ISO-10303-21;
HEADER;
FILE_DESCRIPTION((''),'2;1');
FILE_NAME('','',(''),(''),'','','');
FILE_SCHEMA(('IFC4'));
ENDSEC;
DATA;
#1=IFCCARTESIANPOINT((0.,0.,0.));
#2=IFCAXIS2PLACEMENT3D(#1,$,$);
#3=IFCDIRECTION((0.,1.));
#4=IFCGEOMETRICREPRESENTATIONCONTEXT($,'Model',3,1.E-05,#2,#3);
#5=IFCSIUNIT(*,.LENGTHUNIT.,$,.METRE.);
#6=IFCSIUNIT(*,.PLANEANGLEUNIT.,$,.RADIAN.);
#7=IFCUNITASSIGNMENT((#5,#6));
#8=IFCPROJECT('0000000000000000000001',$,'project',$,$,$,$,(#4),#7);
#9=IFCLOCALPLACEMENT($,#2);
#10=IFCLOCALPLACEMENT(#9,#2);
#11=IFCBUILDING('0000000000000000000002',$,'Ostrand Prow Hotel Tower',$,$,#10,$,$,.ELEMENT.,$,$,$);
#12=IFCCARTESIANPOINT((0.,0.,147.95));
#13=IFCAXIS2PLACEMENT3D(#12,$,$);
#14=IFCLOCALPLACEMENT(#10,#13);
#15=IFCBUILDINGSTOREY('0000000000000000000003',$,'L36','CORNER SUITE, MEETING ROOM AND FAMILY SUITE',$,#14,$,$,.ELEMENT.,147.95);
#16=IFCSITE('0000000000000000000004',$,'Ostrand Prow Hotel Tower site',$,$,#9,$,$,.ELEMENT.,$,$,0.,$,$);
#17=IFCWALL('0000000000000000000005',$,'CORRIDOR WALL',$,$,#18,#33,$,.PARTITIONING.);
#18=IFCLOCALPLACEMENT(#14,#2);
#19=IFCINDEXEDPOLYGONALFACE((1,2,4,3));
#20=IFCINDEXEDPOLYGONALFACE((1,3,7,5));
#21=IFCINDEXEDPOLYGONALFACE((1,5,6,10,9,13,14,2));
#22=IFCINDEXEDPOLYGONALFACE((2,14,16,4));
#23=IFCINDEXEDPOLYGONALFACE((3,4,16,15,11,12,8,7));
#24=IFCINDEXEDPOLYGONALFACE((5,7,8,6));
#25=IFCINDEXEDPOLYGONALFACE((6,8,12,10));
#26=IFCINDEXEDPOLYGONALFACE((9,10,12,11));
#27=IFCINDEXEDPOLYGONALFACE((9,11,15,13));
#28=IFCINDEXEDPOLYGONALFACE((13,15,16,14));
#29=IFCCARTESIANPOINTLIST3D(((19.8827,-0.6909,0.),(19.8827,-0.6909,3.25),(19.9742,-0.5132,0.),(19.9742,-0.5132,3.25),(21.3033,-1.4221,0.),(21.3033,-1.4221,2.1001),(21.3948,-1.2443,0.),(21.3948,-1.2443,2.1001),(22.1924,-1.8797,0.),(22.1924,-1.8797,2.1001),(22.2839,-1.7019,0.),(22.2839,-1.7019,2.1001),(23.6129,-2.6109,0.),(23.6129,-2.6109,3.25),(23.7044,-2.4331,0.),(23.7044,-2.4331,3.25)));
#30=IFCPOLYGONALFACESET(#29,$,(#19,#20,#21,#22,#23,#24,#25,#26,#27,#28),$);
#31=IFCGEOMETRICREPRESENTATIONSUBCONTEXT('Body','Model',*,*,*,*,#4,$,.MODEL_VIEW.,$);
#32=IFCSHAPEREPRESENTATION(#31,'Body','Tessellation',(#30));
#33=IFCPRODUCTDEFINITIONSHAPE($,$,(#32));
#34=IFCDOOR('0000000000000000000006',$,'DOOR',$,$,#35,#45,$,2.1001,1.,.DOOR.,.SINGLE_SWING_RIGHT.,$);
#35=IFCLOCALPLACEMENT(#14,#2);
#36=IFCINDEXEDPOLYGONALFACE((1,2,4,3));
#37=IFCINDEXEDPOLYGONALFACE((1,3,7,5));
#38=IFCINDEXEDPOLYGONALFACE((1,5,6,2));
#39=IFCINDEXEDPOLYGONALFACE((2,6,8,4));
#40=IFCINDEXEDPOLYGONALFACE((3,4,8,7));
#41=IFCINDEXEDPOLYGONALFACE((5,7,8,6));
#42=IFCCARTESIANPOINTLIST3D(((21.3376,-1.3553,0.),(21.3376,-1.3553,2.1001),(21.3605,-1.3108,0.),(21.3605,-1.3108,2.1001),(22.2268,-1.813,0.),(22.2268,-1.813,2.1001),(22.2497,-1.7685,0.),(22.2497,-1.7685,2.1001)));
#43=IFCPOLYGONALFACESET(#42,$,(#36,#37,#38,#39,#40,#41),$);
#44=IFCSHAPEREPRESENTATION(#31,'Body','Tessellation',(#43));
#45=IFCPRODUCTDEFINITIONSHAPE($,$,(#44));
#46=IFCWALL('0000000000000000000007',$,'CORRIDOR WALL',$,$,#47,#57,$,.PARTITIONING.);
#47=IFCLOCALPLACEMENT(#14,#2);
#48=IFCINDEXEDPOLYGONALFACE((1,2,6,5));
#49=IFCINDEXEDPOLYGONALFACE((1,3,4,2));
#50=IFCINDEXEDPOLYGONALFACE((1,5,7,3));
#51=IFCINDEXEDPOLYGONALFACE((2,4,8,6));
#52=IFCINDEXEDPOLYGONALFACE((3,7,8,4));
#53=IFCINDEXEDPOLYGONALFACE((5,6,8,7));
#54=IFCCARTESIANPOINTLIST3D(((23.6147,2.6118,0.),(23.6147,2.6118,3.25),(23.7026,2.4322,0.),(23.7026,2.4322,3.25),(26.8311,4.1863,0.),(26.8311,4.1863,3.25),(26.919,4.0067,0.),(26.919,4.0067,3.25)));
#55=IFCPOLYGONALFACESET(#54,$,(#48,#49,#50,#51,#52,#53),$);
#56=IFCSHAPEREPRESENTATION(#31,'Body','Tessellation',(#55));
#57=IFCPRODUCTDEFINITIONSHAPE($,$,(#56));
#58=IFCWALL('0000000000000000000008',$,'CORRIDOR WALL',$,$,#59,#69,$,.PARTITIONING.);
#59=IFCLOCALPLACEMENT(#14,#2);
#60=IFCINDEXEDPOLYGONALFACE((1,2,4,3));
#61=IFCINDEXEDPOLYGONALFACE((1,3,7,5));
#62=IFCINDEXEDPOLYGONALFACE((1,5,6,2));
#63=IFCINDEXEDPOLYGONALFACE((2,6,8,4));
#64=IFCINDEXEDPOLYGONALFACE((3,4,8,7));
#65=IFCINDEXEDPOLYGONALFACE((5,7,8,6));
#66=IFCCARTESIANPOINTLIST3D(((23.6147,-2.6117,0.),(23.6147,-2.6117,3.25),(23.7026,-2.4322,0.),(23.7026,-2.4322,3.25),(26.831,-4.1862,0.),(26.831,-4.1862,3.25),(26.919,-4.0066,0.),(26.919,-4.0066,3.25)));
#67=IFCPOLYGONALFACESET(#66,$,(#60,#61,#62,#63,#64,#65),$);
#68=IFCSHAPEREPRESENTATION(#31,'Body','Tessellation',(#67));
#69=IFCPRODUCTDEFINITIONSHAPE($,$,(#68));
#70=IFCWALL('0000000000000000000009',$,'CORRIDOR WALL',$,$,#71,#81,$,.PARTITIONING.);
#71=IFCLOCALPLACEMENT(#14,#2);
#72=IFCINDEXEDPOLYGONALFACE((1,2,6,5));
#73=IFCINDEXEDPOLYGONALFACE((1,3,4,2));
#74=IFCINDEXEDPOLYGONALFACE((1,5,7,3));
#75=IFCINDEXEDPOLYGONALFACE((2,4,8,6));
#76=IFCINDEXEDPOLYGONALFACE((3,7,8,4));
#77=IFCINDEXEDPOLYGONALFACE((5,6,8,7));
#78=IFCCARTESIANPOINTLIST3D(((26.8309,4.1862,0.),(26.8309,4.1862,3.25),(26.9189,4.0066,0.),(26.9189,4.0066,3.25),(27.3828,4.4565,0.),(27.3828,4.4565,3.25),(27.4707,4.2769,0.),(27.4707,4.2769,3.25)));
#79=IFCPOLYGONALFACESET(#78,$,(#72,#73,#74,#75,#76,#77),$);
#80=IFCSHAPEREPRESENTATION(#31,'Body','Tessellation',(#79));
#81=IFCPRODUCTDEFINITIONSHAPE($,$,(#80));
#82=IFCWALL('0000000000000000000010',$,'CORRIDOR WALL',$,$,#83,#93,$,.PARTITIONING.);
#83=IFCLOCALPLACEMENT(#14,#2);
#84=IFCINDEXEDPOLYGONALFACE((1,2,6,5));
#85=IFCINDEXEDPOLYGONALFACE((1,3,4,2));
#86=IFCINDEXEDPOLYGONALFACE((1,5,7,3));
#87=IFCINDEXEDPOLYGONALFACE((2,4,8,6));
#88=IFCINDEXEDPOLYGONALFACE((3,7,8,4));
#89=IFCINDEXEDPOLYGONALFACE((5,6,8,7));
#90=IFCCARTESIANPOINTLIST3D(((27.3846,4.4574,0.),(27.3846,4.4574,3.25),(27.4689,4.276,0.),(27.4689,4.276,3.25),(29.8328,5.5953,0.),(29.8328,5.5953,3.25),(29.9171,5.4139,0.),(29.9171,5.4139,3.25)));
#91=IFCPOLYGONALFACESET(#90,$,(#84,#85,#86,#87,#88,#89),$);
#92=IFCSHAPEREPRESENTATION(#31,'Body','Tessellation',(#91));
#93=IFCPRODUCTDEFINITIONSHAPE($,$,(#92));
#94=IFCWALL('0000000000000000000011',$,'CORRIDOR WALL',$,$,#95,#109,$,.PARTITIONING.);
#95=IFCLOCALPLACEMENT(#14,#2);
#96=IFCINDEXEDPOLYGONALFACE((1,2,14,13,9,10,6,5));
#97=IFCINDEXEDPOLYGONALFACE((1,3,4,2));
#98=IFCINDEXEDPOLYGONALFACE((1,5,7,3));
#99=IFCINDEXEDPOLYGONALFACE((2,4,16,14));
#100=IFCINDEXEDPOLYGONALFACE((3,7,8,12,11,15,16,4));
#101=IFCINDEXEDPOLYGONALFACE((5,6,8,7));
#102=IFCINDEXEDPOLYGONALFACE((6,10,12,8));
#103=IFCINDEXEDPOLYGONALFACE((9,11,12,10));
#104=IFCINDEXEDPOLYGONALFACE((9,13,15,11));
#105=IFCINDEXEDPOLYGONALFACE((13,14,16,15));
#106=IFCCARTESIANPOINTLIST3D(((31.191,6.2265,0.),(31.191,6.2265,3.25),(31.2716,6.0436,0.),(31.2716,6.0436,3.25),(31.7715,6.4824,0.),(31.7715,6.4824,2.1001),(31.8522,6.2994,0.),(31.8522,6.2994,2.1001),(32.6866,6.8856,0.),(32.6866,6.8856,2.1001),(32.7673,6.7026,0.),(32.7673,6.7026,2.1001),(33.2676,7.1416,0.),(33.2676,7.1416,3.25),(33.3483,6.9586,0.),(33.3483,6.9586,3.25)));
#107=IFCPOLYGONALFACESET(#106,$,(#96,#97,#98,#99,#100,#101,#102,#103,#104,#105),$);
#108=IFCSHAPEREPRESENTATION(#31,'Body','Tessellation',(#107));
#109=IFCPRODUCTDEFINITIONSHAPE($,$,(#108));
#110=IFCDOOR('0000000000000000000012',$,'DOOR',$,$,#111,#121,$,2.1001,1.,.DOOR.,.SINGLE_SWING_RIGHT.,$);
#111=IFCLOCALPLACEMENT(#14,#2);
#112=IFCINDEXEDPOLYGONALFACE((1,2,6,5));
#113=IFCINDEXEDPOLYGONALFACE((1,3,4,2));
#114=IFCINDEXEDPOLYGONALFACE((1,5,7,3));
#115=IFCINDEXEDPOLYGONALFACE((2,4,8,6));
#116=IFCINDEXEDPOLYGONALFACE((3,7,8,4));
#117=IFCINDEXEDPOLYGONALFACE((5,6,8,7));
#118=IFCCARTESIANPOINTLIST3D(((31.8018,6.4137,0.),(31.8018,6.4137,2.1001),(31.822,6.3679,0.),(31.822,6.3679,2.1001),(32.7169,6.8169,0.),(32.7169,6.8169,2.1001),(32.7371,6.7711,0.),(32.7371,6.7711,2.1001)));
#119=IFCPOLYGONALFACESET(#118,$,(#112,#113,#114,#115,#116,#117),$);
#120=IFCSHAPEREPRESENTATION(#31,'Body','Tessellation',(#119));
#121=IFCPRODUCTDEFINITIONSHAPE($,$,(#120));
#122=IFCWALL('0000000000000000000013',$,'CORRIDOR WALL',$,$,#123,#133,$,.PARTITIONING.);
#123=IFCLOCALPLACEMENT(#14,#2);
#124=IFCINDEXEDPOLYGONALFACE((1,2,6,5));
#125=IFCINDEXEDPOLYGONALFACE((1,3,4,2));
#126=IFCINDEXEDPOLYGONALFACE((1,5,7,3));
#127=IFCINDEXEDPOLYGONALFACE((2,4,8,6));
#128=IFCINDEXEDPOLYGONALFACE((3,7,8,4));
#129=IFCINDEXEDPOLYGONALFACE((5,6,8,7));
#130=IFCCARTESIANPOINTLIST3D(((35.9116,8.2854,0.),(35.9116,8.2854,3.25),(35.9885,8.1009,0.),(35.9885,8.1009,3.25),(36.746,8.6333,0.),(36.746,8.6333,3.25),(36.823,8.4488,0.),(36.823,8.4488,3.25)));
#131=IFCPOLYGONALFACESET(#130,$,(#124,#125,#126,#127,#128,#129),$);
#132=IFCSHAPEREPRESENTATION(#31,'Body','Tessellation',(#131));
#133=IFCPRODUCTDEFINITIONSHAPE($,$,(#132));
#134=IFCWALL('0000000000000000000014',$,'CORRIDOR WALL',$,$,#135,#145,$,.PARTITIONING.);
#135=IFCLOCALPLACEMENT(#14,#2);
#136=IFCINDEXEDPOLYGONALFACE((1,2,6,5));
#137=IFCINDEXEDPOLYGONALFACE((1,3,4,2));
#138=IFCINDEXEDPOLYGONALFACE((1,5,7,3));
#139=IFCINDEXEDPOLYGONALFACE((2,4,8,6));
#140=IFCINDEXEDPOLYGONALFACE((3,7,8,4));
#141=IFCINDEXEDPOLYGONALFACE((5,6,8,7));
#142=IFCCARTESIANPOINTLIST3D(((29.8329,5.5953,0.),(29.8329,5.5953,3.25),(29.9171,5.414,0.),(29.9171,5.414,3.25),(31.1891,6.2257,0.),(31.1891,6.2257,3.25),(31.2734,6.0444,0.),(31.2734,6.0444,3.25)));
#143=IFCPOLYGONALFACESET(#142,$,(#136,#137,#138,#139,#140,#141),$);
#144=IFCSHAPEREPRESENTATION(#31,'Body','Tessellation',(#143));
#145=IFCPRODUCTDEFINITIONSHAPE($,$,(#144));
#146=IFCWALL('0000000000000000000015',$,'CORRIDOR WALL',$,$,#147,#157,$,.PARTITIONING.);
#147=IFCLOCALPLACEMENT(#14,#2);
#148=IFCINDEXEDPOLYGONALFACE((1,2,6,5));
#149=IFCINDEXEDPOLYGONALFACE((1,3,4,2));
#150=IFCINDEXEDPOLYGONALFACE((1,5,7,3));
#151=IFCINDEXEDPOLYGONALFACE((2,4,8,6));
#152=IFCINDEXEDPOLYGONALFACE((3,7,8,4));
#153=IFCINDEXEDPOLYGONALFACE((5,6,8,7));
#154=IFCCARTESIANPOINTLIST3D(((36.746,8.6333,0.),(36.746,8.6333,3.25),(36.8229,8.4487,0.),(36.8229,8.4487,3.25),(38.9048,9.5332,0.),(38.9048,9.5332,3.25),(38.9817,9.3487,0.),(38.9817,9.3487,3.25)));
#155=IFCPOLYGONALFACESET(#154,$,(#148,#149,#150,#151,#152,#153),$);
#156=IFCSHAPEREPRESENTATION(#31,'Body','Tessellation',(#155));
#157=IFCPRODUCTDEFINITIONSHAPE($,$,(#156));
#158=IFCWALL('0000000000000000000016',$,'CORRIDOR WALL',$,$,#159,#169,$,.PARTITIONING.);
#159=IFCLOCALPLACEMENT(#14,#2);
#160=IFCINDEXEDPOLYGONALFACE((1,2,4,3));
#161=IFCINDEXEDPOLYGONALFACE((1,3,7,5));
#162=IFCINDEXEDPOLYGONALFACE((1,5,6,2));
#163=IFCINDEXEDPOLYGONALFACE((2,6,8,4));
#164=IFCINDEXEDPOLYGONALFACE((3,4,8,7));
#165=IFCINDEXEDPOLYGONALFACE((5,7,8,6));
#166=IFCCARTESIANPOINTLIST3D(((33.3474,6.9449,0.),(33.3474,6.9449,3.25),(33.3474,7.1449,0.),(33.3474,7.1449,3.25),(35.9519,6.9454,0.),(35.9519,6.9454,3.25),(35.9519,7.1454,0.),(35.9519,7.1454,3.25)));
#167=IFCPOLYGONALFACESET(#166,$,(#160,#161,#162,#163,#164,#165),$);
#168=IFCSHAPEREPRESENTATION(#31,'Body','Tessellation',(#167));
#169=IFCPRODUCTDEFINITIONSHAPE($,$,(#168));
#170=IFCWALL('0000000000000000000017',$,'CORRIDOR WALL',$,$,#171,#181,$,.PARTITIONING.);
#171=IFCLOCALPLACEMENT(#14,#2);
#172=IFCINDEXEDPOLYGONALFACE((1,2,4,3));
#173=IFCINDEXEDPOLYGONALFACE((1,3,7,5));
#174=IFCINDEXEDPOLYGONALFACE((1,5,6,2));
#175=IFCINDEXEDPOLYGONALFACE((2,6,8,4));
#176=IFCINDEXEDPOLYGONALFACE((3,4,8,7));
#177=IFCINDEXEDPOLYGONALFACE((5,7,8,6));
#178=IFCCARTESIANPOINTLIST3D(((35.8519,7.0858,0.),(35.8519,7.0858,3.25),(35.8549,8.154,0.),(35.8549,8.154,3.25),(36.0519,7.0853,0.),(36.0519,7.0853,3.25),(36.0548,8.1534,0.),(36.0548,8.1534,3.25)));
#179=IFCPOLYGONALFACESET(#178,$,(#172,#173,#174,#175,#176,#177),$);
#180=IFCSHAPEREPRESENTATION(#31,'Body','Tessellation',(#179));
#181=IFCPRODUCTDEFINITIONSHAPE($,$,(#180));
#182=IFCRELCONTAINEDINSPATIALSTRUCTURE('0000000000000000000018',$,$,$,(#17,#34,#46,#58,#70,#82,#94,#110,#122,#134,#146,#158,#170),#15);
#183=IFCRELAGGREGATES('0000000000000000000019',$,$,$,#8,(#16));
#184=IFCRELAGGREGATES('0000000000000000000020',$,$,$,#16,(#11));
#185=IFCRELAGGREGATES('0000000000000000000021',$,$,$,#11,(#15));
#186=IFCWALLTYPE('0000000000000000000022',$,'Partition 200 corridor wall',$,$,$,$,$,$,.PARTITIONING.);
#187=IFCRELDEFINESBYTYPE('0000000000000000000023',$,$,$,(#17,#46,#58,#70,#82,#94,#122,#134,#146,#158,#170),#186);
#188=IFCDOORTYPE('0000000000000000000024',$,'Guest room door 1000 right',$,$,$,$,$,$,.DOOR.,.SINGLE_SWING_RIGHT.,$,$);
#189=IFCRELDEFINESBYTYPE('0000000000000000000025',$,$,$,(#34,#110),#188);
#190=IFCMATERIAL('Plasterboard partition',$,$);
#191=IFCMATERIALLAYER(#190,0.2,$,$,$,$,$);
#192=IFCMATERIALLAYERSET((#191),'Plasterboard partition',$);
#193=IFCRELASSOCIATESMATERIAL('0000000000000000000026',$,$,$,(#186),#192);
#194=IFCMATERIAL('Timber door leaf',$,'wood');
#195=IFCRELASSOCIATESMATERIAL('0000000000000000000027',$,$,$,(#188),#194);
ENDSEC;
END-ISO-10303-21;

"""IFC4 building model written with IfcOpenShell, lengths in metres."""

from ifc_helpers import new_model, si_unit, direction, frame, frame_2d, origin, place, context, subcontext, project, spatial, rectangle, extrude, material, layer, layer_set, type_object, element, fill, save


model = new_model("IFC4")

# Units and contexts
model_context = context("Model", 3, precision=1e-05, world=origin(), true_north=direction((0.0, 1.0)))
body_context = subcontext(model_context, "Body", "Model", "MODEL_VIEW")
ifc_project = project(units=[si_unit("LENGTHUNIT", "METRE"), si_unit("PLANEANGLEUNIT", "RADIAN")], contexts=[model_context])

# Site, building, storey
site_placement = place(None, origin())
site = spatial("IfcSite", under=ifc_project, at=site_placement, Name="Ostrand Prow Hotel Tower site", CompositionType="ELEMENT", RefElevation=0.0)
building_placement = place(site_placement, origin())
building = spatial("IfcBuilding", under=site, at=building_placement, Name="Ostrand Prow Hotel Tower", CompositionType="ELEMENT")
storey_placement = place(building_placement, frame((0.0, 0.0, 147.95)))
storey = spatial("IfcBuildingStorey", under=building, at=storey_placement, Name="L36", Description="CORNER SUITE, MEETING ROOM AND FAMILY SUITE", CompositionType="ELEMENT", Elevation=147.95)

# Wall, opening, door
ifc_material_1 = material(Name="Plasterboard partition")
ifc_layer_1 = layer(ifc_material_1, 0.2)
ifc_layer_set_1 = layer_set([ifc_layer_1], Name="Plasterboard partition")
wall_type_1 = type_object("IfcWallType", Name="Partition 200 corridor wall", PredefinedType="PARTITIONING", material=ifc_layer_set_1)
ifc_material_2 = material(Name="Timber door leaf", Category="wood")
door_type_1 = type_object("IfcDoorType", Name="Guest room door 1000 right", OperationType="SINGLE_SWING_RIGHT", PredefinedType="DOOR", material=ifc_material_2)
wall_1_placement = place(storey_placement, frame((23.6587, -2.522, 0.0), z_axis=(0.0, 0.0, 1.0), x_axis=(-0.88914, 0.457635, 0.0)))
wall_1 = element("IfcWall", 1, at=wall_1_placement, inside=storey, type_object=wall_type_1, Name="CORRIDOR WALL", PredefinedType="PARTITIONING", context=body_context, shape_type="SweptSolid", body=[
    extrude(rectangle(XDim=4.1953, YDim=0.2, at=frame_2d((2.0977, 0.0))), origin(), (0.0, 0.0, 1.0), 3.25),
])
opening_1_placement = place(wall_1_placement, frame((1.5977, 0.0, 0.0)))
opening_1 = element("IfcOpeningElement", 2, at=opening_1_placement, cuts=wall_1, PredefinedType="OPENING", context=body_context, shape_type="SweptSolid", body=[
    extrude(rectangle(XDim=1.0, YDim=2.1001, at=frame_2d((0.5, 1.05))), frame((0.0, 0.1099, 0.0), z_axis=(0.0, -1.0, 0.0), x_axis=(1.0, 0.0, 0.0)), (0.0, 0.0, 1.0), 0.22),
])
door_1_placement = place(opening_1_placement, origin())
door_1 = element("IfcDoor", 3, at=door_1_placement, inside=storey, type_object=door_type_1, Name="DOOR", OperationType="SINGLE_SWING_RIGHT", OverallHeight=2.1001, OverallWidth=1.0, PredefinedType="DOOR", context=body_context, shape_type="SweptSolid", body=[
    extrude(rectangle(XDim=1.0, YDim=2.1001, at=frame_2d((0.5, 1.05))), frame((0.0, 0.0249, 0.0), z_axis=(0.0, -1.0, 0.0), x_axis=(1.0, 0.0, 0.0)), (0.0, 0.0, 1.0), 0.05),
])
fill(opening_1, door_1)

# Walls
for number, where, z_axis, x_axis, name in (
    (4, (23.6587, 2.522, 0.0), (0.0, 0.0, 1.0), (0.898159, 0.439671, 0.0), "CORRIDOR WALL"),
    (5, (26.875, -4.0964, 0.0), (0.0, 0.0, 1.0), (-0.898159, 0.439671, 0.0), "CORRIDOR WALL"),
):
    element("IfcWall", number, at=place(storey_placement, frame(where, z_axis=z_axis, x_axis=x_axis)), inside=storey, type_object=wall_type_1, Name=name, PredefinedType="PARTITIONING", context=body_context, shape_type="SweptSolid", body=[
        extrude(rectangle(XDim=3.5811, YDim=0.2, at=frame_2d((1.7905, 0.0))), origin(), (0.0, 0.0, 1.0), 3.25),
    ])
wall_2_placement = place(storey_placement, frame((26.875, 4.0964, 0.0), z_axis=(0.0, 0.0, 1.0), x_axis=(0.898053, 0.439887, 0.0)))
element("IfcWall", 6, at=wall_2_placement, inside=storey, type_object=wall_type_1, Name="CORRIDOR WALL", PredefinedType="PARTITIONING", context=body_context, shape_type="SweptSolid", body=[
    extrude(rectangle(XDim=0.6145, YDim=0.2, at=frame_2d((0.3071, 0.0))), origin(), (0.0, 0.0, 1.0), 3.25),
])
wall_3_placement = place(storey_placement, frame((27.4268, 4.3667, 0.0), z_axis=(0.0, 0.0, 1.0), x_axis=(0.906831, 0.421494, 0.0)))
element("IfcWall", 7, at=wall_3_placement, inside=storey, type_object=wall_type_1, Name="CORRIDOR WALL", PredefinedType="PARTITIONING", context=body_context, shape_type="SweptSolid", body=[
    extrude(rectangle(XDim=2.6997, YDim=0.2, at=frame_2d((1.3499, 0.0))), origin(), (0.0, 0.0, 1.0), 3.25),
])

# Wall, opening, door
wall_4_placement = place(storey_placement, frame((31.2312, 6.135, 0.0), z_axis=(0.0, 0.0, 1.0), x_axis=(0.915102, 0.403222, 0.0)))
wall_4 = element("IfcWall", 8, at=wall_4_placement, inside=storey, type_object=wall_type_1, Name="CORRIDOR WALL", PredefinedType="PARTITIONING", context=body_context, shape_type="SweptSolid", body=[
    extrude(rectangle(XDim=2.2693, YDim=0.2, at=frame_2d((1.1348, 0.0))), origin(), (0.0, 0.0, 1.0), 3.25),
])
opening_2_placement = place(wall_4_placement, frame((0.6345, 0.0, 0.0)))
opening_2 = element("IfcOpeningElement", 9, at=opening_2_placement, cuts=wall_4, PredefinedType="OPENING", context=body_context, shape_type="SweptSolid", body=[
    extrude(rectangle(XDim=1.0, YDim=2.1001, at=frame_2d((0.5, 1.05))), frame((0.0, 0.1099, 0.0), z_axis=(0.0, -1.0, 0.0), x_axis=(1.0, 0.0, 0.0)), (0.0, 0.0, 1.0), 0.22),
])
door_2_placement = place(opening_2_placement, origin())
door_2 = element("IfcDoor", 10, at=door_2_placement, inside=storey, type_object=door_type_1, Name="DOOR", OperationType="SINGLE_SWING_RIGHT", OverallHeight=2.1001, OverallWidth=1.0, PredefinedType="DOOR", context=body_context, shape_type="SweptSolid", body=[
    extrude(rectangle(XDim=1.0, YDim=2.1001, at=frame_2d((0.5, 1.05))), frame((0.0, 0.0249, 0.0), z_axis=(0.0, -1.0, 0.0), x_axis=(1.0, 0.0, 0.0)), (0.0, 0.0, 1.0), 0.05),
])
fill(opening_2, door_2)

# Walls
wall_5_placement = place(storey_placement, frame((35.95, 8.1931, 0.0), z_axis=(0.0, 0.0, 1.0), x_axis=(0.922997, 0.384807, 0.0)))
element("IfcWall", 11, at=wall_5_placement, inside=storey, type_object=wall_type_1, Name="CORRIDOR WALL", PredefinedType="PARTITIONING", context=body_context, shape_type="SweptSolid", body=[
    extrude(rectangle(XDim=0.9041, YDim=0.2, at=frame_2d((0.4521, 0.0))), origin(), (0.0, 0.0, 1.0), 3.25),
])
wall_6_placement = place(storey_placement, frame((29.875, 5.5046, 0.0), z_axis=(0.0, 0.0, 1.0), x_axis=(0.906829, 0.4215, 0.0)))
element("IfcWall", 12, at=wall_6_placement, inside=storey, type_object=wall_type_1, Name="CORRIDOR WALL", PredefinedType="PARTITIONING", context=body_context, shape_type="SweptSolid", body=[
    extrude(rectangle(XDim=1.4956, YDim=0.2, at=frame_2d((0.7478, 0.0))), origin(), (0.0, 0.0, 1.0), 3.25),
])
wall_7_placement = place(storey_placement, frame((36.7844, 8.541, 0.0), z_axis=(0.0, 0.0, 1.0), x_axis=(0.923009, 0.384778, 0.0)))
element("IfcWall", 13, at=wall_7_placement, inside=storey, type_object=wall_type_1, Name="CORRIDOR WALL", PredefinedType="PARTITIONING", context=body_context, shape_type="SweptSolid", body=[
    extrude(rectangle(XDim=2.3389, YDim=0.2, at=frame_2d((1.1694, 0.0))), origin(), (0.0, 0.0, 1.0), 3.25),
])
wall_8_placement = place(storey_placement, frame((33.3474, 7.0449, 0.0), z_axis=(0.0, 0.0, 1.0), x_axis=(1.0, 0.000187, 0.0)))
element("IfcWall", 14, at=wall_8_placement, inside=storey, type_object=wall_type_1, Name="CORRIDOR WALL", PredefinedType="PARTITIONING", context=body_context, shape_type="SweptSolid", body=[
    extrude(rectangle(XDim=2.6045, YDim=0.2, at=frame_2d((1.3022, 0.0))), origin(), (0.0, 0.0, 1.0), 3.25),
])
wall_9_placement = place(storey_placement, frame((35.9519, 7.0854, 0.0), z_axis=(0.0, 0.0, 1.0), x_axis=(0.002743, 0.999996, 0.0)))
element("IfcWall", 15, at=wall_9_placement, inside=storey, type_object=wall_type_1, Name="CORRIDOR WALL", PredefinedType="PARTITIONING", context=body_context, shape_type="SweptSolid", body=[
    extrude(rectangle(XDim=1.0681, YDim=0.2, at=frame_2d((0.5342, 0.0))), origin(), (0.0, 0.0, 1.0), 3.25),
])

save(model, "model.ifc")
